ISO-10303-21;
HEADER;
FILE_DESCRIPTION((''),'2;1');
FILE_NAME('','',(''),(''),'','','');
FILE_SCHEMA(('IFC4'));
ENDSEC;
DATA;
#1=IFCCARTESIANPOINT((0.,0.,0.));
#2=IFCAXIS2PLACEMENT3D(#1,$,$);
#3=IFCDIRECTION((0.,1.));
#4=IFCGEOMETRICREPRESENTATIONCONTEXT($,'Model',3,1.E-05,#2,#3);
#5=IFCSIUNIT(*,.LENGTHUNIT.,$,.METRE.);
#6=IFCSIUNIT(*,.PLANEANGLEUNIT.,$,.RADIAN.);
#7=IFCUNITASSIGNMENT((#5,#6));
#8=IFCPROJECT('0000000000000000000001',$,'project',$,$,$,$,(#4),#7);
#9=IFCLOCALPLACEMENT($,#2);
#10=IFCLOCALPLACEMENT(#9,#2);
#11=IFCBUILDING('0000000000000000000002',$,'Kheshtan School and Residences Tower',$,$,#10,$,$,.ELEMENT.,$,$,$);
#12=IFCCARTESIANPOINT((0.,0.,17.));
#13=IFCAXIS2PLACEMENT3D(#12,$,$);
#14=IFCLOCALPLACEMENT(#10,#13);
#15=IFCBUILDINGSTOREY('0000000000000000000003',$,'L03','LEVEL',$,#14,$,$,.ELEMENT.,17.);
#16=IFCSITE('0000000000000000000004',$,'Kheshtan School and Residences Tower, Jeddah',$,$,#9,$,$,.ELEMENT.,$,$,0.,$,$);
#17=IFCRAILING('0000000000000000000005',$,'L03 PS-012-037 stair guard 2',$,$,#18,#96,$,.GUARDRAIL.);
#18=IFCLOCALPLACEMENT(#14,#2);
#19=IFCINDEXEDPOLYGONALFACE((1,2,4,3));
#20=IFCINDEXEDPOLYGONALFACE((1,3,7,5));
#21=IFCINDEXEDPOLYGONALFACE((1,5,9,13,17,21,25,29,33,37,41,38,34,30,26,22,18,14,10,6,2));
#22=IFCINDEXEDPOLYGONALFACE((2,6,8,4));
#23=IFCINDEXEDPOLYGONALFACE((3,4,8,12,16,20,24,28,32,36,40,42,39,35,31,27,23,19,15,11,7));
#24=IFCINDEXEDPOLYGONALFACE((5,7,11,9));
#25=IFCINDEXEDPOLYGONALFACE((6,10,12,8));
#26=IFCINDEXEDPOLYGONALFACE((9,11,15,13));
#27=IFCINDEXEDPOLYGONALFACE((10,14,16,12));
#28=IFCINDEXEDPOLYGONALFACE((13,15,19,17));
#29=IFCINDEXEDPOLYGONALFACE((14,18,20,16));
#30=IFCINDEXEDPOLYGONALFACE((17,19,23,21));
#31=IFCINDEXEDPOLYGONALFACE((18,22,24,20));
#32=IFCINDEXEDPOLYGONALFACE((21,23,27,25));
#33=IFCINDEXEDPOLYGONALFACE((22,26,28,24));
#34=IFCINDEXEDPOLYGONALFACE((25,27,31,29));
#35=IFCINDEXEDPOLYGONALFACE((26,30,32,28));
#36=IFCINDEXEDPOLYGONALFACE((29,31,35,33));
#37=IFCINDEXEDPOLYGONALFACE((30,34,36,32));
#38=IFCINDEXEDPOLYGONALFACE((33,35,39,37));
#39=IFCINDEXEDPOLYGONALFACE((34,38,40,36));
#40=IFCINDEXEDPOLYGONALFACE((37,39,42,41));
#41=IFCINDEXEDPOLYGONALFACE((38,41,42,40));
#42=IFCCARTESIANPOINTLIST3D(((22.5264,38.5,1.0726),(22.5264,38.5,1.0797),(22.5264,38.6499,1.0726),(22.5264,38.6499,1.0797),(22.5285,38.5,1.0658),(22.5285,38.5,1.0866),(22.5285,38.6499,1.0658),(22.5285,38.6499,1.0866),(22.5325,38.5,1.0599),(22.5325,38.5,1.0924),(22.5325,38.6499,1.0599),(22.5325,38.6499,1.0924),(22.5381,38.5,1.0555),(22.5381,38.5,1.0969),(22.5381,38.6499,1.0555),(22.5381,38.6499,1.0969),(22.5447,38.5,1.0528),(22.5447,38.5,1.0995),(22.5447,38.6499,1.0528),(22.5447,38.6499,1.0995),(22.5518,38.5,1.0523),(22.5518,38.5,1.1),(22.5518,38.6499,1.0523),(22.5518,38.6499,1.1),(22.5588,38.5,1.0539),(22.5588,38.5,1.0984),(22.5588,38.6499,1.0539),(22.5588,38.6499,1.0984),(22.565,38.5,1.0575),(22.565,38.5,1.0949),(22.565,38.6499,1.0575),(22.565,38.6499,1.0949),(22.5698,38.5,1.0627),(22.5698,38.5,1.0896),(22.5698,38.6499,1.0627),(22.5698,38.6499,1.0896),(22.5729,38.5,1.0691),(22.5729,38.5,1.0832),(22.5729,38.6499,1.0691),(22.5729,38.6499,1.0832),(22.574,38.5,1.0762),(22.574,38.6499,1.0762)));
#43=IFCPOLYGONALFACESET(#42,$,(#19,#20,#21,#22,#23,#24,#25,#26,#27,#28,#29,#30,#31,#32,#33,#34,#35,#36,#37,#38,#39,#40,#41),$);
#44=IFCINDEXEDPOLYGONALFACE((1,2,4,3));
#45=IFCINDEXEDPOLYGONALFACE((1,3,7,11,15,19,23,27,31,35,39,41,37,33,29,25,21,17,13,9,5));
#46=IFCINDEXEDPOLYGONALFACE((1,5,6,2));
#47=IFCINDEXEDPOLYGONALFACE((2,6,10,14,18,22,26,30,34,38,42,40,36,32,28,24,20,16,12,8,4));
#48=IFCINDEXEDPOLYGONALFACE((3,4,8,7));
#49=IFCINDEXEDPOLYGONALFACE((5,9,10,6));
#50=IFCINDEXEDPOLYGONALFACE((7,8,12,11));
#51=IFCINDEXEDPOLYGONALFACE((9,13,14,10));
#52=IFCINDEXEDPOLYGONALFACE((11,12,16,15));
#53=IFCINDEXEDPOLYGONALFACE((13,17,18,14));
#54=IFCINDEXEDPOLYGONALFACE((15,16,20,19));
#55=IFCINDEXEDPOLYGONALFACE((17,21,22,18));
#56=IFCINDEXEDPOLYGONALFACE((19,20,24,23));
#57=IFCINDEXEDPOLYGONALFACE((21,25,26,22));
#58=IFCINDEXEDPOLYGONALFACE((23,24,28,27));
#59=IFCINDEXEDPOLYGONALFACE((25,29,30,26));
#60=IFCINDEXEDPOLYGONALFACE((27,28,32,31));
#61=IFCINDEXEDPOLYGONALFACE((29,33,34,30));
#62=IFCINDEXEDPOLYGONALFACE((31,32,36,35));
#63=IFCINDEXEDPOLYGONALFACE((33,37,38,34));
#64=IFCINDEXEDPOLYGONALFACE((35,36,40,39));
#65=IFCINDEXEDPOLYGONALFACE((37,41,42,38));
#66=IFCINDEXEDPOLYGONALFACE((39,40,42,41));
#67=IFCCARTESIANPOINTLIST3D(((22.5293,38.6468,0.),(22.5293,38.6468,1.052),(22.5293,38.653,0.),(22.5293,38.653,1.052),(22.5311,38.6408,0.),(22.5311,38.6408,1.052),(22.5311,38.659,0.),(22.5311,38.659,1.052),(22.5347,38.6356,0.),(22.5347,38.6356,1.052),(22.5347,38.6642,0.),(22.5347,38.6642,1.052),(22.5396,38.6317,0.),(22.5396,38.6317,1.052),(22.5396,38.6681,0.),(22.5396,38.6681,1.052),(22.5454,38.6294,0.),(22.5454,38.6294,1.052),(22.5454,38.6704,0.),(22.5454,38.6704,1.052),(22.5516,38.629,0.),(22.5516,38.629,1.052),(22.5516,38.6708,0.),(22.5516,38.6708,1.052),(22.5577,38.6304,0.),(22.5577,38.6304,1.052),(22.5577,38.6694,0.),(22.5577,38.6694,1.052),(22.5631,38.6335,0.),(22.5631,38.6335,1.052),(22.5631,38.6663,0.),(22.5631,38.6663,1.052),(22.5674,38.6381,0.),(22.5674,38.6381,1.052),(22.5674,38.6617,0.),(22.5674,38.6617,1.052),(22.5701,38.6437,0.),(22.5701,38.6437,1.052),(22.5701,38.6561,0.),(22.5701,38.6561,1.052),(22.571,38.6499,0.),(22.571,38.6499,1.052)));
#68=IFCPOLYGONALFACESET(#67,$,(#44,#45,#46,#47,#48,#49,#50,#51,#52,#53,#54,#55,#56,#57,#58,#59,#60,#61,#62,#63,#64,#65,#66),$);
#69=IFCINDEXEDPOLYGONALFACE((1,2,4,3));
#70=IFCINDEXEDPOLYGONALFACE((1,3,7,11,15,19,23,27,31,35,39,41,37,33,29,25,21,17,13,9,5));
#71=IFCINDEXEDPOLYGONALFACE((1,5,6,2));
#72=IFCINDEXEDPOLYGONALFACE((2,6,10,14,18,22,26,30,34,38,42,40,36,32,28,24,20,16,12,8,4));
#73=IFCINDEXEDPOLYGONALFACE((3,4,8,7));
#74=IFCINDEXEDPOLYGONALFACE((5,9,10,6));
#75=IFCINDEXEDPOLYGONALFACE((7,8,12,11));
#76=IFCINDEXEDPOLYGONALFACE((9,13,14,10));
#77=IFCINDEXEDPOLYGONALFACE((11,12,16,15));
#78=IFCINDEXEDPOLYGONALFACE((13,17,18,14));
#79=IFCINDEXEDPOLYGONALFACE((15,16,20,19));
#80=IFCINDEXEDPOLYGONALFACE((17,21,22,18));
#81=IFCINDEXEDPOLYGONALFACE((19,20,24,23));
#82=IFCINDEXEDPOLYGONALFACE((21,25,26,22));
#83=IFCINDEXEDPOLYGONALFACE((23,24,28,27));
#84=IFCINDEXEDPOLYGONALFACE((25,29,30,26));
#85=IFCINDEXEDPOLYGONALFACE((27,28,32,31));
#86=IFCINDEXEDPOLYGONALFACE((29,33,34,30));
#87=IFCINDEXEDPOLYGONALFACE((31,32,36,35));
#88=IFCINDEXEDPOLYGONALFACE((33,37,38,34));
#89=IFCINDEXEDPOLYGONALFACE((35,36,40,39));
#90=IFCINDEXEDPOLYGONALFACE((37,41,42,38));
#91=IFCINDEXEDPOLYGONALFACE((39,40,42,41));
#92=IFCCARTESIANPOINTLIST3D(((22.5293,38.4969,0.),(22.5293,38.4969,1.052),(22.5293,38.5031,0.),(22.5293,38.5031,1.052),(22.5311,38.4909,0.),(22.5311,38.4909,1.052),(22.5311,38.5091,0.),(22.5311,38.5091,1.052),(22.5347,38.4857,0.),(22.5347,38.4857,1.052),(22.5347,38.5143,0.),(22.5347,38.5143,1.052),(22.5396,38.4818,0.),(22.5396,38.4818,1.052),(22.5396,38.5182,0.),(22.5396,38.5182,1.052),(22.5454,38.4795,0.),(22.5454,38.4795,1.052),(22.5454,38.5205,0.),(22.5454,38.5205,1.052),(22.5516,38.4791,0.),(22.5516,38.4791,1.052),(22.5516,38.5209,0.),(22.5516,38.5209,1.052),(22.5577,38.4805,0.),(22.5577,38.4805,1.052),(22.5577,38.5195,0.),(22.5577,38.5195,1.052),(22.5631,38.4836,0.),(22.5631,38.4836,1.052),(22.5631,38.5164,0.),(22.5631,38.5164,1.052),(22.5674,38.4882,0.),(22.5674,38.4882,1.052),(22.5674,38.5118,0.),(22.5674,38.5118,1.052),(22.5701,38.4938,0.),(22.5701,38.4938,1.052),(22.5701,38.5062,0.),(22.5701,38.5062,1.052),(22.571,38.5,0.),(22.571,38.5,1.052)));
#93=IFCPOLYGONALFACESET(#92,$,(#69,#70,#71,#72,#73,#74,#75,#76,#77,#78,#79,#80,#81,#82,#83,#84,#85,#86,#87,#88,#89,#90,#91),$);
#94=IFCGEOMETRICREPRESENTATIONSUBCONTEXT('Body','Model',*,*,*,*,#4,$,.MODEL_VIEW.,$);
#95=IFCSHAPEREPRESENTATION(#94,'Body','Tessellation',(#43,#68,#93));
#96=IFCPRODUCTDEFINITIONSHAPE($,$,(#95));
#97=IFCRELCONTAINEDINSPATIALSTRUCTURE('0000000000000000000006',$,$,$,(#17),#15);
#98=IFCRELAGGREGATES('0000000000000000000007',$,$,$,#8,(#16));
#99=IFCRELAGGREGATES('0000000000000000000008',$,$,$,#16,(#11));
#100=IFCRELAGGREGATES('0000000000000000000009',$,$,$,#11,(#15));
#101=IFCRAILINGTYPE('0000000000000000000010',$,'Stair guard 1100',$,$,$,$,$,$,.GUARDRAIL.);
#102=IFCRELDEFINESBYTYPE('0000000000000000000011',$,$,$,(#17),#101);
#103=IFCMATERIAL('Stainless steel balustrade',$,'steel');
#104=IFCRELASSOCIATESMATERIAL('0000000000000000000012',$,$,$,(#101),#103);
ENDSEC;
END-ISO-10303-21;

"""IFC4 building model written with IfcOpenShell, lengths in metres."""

from ifc_helpers import new_model, si_unit, direction, frame, origin, origin_2d, place, context, subcontext, project, spatial, circle, extrude, material, type_object, element, save


model = new_model("IFC4")

# Units and contexts
model_context = context("Model", 3, precision=1e-05, world=origin(), true_north=direction((0.0, 1.0)))
body_context = subcontext(model_context, "Body", "Model", "MODEL_VIEW")
ifc_project = project(units=[si_unit("LENGTHUNIT", "METRE"), si_unit("PLANEANGLEUNIT", "RADIAN")], contexts=[model_context])

# Site, building, storey
site_placement = place(None, origin())
site = spatial("IfcSite", under=ifc_project, at=site_placement, Name="Kheshtan School and Residences Tower, Jeddah", CompositionType="ELEMENT", RefElevation=0.0)
building_placement = place(site_placement, origin())
building = spatial("IfcBuilding", under=site, at=building_placement, Name="Kheshtan School and Residences Tower", CompositionType="ELEMENT")
storey_placement = place(building_placement, frame((0.0, 0.0, 17.0)))
storey = spatial("IfcBuildingStorey", under=building, at=storey_placement, Name="L03", Description="LEVEL", CompositionType="ELEMENT", Elevation=17.0)

# Railing
ifc_material_1 = material(Name="Stainless steel balustrade", Category="steel")
railing_type_1 = type_object("IfcRailingType", Name="Stair guard 1100", PredefinedType="GUARDRAIL", material=ifc_material_1)
railing_1_placement = place(storey_placement, frame((22.55, 38.6499, 0.0)))
element("IfcRailing", 1, at=railing_1_placement, inside=storey, type_object=railing_type_1, Name="L03 PS-012-037 stair guard 2", PredefinedType="GUARDRAIL", context=body_context, shape_type="SweptSolid", body=[
    extrude(circle(Radius=0.0239, at=origin_2d()), frame((0.0, 0.0, 1.0762), z_axis=(0.0, -1.0, 0.0), x_axis=(1.0, 0.0, 0.0)), (0.0, 0.0, 1.0), 0.1499),
    extrude(circle(Radius=0.021, at=origin_2d()), origin(), (0.0, 0.0, 1.0), 1.052),
    extrude(circle(Radius=0.021, at=origin_2d()), frame((0.0, -0.1499, 0.0)), (0.0, 0.0, 1.0), 1.052),
])

save(model, "model.ifc")
